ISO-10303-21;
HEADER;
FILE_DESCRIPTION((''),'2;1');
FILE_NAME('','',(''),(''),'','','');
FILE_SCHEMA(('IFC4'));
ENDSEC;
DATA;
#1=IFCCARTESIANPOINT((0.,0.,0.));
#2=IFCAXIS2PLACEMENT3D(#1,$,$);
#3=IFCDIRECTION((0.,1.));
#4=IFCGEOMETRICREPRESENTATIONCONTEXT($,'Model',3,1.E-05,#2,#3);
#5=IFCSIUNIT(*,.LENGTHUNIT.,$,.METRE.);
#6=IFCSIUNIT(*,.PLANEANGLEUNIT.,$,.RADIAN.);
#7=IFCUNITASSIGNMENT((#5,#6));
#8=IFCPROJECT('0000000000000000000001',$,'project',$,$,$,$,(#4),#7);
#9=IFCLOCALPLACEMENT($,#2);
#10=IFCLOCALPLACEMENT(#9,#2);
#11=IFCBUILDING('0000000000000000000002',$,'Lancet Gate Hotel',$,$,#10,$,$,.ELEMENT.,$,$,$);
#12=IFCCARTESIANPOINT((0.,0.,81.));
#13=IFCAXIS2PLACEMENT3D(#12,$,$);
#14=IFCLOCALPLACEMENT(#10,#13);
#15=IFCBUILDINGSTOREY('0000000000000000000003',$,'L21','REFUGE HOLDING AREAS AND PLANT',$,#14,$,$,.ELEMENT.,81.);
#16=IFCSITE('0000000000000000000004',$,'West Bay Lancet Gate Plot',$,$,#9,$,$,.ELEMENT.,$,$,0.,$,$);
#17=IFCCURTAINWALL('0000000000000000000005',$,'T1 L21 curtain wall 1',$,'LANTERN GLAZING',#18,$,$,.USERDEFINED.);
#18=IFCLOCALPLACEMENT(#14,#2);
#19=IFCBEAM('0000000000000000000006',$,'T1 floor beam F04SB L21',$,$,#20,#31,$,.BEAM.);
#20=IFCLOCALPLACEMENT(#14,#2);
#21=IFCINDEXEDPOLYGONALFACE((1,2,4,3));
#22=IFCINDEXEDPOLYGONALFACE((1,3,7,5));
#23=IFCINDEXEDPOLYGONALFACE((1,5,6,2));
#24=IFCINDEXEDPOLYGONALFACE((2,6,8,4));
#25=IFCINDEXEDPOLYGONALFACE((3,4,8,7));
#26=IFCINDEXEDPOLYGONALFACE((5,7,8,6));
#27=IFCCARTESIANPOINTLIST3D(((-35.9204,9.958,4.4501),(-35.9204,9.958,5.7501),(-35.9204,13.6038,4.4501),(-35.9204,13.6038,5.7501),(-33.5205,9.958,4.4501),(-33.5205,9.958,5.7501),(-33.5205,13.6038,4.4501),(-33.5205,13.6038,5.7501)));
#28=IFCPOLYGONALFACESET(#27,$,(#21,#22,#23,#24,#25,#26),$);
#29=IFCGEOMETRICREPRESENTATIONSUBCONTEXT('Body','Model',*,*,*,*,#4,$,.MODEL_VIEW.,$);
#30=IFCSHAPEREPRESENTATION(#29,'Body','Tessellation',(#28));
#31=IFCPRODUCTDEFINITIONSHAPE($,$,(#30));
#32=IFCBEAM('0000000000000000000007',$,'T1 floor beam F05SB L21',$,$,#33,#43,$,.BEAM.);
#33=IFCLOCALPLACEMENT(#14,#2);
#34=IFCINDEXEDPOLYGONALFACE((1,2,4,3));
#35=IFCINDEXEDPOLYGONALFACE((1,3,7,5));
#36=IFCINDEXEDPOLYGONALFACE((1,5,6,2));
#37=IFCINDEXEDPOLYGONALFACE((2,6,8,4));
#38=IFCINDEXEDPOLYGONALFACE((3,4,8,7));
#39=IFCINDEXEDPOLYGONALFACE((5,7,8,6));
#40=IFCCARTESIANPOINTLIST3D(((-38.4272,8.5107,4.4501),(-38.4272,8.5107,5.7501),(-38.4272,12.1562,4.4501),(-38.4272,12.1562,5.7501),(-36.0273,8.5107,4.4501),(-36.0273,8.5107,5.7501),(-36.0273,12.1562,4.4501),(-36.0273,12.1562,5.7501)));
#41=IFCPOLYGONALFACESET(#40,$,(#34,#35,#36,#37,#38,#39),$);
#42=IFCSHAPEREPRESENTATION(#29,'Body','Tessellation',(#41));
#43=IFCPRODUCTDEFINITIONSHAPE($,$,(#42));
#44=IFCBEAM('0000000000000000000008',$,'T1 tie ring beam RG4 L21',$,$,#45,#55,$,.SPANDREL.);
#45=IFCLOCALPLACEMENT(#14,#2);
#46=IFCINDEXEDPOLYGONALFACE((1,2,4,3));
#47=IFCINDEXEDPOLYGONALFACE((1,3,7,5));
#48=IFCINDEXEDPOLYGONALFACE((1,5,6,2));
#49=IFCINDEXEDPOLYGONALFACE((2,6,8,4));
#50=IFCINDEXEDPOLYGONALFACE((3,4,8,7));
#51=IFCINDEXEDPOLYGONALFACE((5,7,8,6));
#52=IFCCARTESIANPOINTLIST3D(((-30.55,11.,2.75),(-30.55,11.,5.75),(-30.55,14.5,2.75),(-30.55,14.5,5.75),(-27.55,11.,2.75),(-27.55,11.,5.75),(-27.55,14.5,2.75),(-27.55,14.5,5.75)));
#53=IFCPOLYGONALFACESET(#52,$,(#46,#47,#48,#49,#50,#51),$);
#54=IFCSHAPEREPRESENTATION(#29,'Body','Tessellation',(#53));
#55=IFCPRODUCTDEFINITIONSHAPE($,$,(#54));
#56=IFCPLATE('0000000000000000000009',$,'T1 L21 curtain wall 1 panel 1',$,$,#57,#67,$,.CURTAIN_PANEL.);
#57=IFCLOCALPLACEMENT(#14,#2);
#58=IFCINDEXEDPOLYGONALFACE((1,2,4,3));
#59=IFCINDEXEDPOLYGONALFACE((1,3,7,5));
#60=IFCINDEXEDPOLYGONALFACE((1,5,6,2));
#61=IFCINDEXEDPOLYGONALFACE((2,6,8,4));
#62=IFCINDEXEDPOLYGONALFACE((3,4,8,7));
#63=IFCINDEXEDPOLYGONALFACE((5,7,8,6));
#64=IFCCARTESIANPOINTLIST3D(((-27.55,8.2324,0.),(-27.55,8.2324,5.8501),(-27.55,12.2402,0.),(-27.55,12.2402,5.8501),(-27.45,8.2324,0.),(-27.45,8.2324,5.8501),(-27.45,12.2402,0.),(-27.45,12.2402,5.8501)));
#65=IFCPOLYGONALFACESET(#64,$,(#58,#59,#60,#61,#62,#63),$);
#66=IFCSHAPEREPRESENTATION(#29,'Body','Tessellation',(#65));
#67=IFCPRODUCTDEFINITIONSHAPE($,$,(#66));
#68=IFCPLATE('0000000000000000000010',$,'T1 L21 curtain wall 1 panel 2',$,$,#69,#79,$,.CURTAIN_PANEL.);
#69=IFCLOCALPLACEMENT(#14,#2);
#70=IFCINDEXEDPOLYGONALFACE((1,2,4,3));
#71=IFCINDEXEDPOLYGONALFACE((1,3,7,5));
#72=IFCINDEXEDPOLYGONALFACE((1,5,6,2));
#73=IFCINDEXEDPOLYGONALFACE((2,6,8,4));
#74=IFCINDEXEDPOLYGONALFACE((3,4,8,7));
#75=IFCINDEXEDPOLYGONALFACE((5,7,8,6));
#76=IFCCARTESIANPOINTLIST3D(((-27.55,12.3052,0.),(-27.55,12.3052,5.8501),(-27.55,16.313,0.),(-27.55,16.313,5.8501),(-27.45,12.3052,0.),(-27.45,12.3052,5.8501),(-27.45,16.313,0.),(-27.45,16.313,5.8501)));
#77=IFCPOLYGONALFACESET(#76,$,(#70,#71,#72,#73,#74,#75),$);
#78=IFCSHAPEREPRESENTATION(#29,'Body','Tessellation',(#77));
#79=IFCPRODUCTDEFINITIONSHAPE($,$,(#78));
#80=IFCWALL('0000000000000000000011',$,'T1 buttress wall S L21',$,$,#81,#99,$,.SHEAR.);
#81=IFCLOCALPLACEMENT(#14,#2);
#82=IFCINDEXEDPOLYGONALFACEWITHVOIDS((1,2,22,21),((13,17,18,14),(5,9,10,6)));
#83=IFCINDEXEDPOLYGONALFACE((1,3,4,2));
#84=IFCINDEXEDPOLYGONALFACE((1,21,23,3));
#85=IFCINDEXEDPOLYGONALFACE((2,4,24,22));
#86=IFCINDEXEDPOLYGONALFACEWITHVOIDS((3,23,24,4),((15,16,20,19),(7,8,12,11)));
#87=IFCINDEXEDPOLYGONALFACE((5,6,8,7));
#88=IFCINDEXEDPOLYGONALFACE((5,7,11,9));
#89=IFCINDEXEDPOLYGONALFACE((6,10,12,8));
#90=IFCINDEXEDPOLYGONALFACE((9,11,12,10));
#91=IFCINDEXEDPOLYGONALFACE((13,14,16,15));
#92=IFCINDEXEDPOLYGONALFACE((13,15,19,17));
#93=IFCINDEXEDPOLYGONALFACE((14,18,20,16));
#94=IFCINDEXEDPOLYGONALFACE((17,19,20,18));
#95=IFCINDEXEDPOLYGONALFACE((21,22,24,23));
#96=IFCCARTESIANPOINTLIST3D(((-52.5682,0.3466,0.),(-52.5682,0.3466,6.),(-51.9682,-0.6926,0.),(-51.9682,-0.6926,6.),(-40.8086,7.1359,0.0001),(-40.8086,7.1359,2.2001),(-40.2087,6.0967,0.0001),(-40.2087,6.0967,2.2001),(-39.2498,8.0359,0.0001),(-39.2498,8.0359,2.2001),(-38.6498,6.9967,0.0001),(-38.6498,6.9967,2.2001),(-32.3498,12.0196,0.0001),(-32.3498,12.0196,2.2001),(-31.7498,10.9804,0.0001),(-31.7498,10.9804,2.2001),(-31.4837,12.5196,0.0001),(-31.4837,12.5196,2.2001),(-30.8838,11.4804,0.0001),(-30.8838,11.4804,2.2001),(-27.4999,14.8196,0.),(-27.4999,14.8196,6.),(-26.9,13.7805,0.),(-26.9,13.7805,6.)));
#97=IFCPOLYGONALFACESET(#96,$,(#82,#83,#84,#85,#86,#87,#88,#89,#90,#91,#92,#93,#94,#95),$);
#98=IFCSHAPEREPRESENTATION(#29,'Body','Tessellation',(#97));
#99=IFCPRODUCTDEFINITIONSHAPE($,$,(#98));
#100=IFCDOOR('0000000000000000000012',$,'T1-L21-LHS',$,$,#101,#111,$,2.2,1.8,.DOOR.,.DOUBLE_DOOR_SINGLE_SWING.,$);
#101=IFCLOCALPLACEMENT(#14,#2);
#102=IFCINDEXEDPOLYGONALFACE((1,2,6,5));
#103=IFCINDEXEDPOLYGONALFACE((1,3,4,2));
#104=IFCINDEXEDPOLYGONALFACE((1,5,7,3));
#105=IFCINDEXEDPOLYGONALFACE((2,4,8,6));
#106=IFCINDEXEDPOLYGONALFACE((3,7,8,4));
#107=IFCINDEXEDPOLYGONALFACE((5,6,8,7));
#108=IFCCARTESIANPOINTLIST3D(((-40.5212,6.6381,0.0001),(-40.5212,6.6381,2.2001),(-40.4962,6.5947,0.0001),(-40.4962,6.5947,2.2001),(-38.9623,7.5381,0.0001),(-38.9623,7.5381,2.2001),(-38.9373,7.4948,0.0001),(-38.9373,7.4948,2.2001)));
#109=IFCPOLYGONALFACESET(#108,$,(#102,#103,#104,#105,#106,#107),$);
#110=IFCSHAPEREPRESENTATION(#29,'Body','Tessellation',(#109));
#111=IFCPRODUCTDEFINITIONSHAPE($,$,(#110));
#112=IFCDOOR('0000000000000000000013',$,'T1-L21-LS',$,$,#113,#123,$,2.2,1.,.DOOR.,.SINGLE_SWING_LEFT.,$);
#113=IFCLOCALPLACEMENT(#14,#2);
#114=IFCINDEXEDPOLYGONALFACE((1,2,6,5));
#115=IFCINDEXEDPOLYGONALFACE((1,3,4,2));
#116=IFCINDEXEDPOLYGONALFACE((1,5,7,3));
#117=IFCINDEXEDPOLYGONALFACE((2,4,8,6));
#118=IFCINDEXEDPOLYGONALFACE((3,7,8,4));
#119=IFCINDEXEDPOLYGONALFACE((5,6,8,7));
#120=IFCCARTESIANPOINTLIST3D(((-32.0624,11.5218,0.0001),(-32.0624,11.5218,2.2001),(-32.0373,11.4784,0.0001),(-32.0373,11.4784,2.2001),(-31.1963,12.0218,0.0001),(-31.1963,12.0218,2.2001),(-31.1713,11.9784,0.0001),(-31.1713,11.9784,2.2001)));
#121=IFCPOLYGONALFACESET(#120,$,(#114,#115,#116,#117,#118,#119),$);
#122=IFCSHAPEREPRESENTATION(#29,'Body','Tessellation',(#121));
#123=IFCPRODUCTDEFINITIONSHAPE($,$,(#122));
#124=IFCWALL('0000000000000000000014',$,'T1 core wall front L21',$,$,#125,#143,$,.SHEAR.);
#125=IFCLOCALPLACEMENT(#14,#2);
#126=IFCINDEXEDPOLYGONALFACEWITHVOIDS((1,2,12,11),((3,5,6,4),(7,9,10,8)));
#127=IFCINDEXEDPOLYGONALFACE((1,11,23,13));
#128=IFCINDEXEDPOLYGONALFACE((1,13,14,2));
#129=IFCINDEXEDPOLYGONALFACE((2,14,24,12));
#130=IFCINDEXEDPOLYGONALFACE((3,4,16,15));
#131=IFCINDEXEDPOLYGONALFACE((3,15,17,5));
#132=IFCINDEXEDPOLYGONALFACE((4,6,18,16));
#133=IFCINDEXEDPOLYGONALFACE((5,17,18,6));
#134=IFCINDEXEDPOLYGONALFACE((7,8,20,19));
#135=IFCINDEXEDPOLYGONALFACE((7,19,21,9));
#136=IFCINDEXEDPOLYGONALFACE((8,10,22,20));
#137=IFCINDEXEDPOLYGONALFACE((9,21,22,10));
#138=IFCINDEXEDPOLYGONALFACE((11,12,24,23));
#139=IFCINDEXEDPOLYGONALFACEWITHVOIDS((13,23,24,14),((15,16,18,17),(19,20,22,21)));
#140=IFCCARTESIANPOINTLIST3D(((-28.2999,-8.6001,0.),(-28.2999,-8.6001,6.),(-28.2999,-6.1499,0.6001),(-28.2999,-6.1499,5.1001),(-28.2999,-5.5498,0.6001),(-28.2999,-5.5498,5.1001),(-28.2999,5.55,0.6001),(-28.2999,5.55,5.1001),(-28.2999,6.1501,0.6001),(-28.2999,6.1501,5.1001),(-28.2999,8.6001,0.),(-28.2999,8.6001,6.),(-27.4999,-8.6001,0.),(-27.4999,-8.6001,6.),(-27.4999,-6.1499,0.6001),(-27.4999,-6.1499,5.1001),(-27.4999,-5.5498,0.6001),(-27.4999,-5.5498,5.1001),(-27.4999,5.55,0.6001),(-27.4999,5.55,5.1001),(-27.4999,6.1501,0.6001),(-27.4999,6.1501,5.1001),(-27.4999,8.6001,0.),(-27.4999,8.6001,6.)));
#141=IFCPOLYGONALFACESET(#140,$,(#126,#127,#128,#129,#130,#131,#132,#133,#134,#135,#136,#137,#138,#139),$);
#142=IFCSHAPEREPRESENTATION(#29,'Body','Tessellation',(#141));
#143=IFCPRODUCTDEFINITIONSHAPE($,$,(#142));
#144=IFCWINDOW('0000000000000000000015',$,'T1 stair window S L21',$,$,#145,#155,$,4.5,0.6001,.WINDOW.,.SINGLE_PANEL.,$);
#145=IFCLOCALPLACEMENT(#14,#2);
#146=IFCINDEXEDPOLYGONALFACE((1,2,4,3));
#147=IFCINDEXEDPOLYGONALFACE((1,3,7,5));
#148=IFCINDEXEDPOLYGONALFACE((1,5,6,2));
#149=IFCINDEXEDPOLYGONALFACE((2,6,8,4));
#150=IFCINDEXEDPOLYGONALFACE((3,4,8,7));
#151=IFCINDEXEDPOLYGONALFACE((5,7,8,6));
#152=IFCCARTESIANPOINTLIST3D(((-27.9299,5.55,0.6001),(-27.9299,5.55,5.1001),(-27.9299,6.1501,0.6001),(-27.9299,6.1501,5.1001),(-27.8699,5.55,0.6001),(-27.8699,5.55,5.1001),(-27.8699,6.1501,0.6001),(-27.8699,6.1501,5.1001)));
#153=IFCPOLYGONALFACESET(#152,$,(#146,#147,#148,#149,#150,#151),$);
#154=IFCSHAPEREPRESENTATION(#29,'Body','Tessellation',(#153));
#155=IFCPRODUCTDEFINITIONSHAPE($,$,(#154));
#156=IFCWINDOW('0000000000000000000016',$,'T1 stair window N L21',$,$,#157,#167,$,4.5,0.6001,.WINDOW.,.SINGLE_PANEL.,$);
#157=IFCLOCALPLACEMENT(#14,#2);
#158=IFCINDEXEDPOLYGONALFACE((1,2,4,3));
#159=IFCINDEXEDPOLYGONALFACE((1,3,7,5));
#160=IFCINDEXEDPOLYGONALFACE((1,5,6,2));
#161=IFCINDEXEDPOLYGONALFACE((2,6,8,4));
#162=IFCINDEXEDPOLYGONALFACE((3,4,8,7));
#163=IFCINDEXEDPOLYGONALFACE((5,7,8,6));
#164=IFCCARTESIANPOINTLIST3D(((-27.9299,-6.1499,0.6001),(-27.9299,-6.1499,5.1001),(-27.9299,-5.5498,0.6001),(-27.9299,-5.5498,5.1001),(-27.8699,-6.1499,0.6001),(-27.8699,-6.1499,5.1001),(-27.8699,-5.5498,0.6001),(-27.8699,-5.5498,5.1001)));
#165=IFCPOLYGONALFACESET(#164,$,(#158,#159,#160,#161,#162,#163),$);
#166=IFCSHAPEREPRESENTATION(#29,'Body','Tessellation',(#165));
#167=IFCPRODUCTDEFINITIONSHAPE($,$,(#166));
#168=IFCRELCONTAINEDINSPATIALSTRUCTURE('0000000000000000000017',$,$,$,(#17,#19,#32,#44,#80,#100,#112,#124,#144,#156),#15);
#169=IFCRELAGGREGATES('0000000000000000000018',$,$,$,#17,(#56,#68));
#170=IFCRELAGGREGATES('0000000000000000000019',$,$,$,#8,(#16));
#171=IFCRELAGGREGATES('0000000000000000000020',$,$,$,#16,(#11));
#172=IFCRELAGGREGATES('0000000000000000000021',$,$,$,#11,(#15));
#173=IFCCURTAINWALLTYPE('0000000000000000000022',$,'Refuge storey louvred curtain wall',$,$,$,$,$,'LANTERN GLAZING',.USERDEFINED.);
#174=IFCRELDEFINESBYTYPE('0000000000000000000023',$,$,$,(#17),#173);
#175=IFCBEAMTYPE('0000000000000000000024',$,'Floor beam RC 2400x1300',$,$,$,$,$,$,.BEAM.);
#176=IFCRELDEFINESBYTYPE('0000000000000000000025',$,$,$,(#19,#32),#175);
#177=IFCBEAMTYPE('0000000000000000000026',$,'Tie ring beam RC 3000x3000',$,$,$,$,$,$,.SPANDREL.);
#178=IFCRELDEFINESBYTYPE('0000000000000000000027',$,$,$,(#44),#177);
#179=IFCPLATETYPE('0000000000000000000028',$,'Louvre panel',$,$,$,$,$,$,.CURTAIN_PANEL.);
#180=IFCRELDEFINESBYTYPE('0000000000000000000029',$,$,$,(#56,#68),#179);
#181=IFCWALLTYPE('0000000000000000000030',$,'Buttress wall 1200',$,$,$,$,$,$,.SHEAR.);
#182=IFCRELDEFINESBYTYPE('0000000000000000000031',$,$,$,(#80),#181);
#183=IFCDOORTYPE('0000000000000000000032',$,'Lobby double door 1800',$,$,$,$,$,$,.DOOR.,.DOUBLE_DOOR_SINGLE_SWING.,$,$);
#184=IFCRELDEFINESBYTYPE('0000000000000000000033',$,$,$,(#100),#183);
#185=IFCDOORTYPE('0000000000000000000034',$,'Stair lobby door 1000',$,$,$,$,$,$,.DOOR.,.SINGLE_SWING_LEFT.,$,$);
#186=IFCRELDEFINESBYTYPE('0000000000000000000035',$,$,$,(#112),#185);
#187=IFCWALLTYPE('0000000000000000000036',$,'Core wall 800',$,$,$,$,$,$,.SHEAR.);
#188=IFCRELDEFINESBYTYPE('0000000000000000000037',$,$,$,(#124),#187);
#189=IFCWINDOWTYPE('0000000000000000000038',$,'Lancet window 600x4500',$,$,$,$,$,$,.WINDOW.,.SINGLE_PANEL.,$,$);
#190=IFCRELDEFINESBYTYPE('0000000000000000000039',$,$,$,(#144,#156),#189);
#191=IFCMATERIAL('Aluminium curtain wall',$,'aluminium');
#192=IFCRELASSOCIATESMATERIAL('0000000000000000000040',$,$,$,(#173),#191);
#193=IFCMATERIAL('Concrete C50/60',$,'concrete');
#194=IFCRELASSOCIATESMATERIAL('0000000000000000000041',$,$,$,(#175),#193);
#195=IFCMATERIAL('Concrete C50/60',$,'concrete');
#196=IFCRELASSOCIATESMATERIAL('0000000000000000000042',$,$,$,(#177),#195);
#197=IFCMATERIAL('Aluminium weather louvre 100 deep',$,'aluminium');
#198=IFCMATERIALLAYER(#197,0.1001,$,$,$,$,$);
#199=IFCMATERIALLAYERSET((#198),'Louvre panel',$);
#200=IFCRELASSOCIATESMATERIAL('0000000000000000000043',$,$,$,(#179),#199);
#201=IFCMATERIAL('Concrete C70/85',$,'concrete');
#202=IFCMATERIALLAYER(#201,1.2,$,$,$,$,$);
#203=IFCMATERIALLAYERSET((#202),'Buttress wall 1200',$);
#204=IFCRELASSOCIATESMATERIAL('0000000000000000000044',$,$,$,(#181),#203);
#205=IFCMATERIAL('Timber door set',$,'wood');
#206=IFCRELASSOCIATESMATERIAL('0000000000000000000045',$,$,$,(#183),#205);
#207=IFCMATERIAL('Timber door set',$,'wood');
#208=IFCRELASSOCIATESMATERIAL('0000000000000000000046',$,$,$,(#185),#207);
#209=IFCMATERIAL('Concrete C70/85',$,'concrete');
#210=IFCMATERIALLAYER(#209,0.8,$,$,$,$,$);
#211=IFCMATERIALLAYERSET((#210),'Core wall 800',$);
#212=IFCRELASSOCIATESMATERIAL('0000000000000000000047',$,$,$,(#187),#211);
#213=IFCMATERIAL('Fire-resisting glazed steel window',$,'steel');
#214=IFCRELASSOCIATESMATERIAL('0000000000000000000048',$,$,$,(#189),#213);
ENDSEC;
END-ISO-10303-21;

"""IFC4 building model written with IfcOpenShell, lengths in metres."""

from ifc_helpers import new_model, si_unit, direction, frame, frame_2d, origin, origin_2d, place, context, subcontext, project, spatial, rectangle, extrude, material, layer, layer_set, material_profile, profile_set, type_object, element, fill, aggregate, save


model = new_model("IFC4")

# Units and contexts
model_context = context("Model", 3, precision=1e-05, world=origin(), true_north=direction((0.0, 1.0)))
body_context = subcontext(model_context, "Body", "Model", "MODEL_VIEW")
ifc_project = project(units=[si_unit("LENGTHUNIT", "METRE"), si_unit("PLANEANGLEUNIT", "RADIAN")], contexts=[model_context])

# Site, building, storey
site_placement = place(None, origin())
site = spatial("IfcSite", under=ifc_project, at=site_placement, Name="West Bay Lancet Gate Plot", CompositionType="ELEMENT", RefElevation=0.0)
building_placement = place(site_placement, origin())
building = spatial("IfcBuilding", under=site, at=building_placement, Name="Lancet Gate Hotel", CompositionType="ELEMENT")
storey_placement = place(building_placement, frame((0.0, 0.0, 81.0)))
storey = spatial("IfcBuildingStorey", under=building, at=storey_placement, Name="L21", Description="REFUGE HOLDING AREAS AND PLANT", CompositionType="ELEMENT", Elevation=81.0)

# Curtain wall
ifc_material_1 = material(Name="Aluminium curtain wall", Category="aluminium")
curtain_wall_type = type_object("IfcCurtainWallType", Name="Refuge storey louvred curtain wall", ElementType="LANTERN GLAZING", PredefinedType="USERDEFINED", material=ifc_material_1)
curtain_wall_placement = place(storey_placement, origin())
curtain_wall = element("IfcCurtainWall", 1, at=curtain_wall_placement, inside=storey, type_object=curtain_wall_type, Name="T1 L21 curtain wall 1", ObjectType="LANTERN GLAZING", PredefinedType="USERDEFINED")

# Beams
ifc_material_2 = material(Name="Concrete C50/60", Category="concrete")
ifc_material_profile_1 = material_profile(ifc_material_2, rectangle(XDim=2.3999, YDim=1.3, at=origin_2d()), Name="RC 2400x1300")
ifc_profile_set_1 = profile_set([ifc_material_profile_1], Name="Concrete C50/60")
beam_type_1 = type_object("IfcBeamType", Name="Floor beam RC 2400x1300", PredefinedType="BEAM", material=ifc_profile_set_1)
beam_1_placement = place(storey_placement, frame((-34.7205, 13.6038, 5.1001), z_axis=(0.0, -1.0, 0.0), x_axis=(1.0, 0.0, 0.0)))
element("IfcBeam", 2, at=beam_1_placement, inside=storey, type_object=beam_type_1, Name="T1 floor beam F04SB L21", PredefinedType="BEAM", context=body_context, shape_type="SweptSolid", body=[
    extrude(rectangle(XDim=2.3999, YDim=1.3, at=origin_2d()), origin(), (0.0, 0.0, 1.0), 3.6458),
])
beam_2_placement = place(storey_placement, frame((-37.2273, 12.1562, 5.1001), z_axis=(0.0, -1.0, 0.0), x_axis=(1.0, 0.0, 0.0)))
element("IfcBeam", 3, at=beam_2_placement, inside=storey, type_object=beam_type_1, Name="T1 floor beam F05SB L21", PredefinedType="BEAM", context=body_context, shape_type="SweptSolid", body=[
    extrude(rectangle(XDim=2.3999, YDim=1.3, at=origin_2d()), origin(), (0.0, 0.0, 1.0), 3.6455),
])
ifc_material_3 = material(Name="Concrete C50/60", Category="concrete")
ifc_material_profile_2 = material_profile(ifc_material_3, rectangle(XDim=3.0, YDim=3.0, at=origin_2d()), Name="RC 3000x3000")
ifc_profile_set_2 = profile_set([ifc_material_profile_2], Name="Concrete C50/60")
beam_type_2 = type_object("IfcBeamType", Name="Tie ring beam RC 3000x3000", PredefinedType="SPANDREL", material=ifc_profile_set_2)
beam_3_placement = place(storey_placement, frame((-29.05, 14.5, 4.25), z_axis=(0.0, -1.0, 0.0), x_axis=(1.0, 0.0, 0.0)))
element("IfcBeam", 4, at=beam_3_placement, inside=storey, type_object=beam_type_2, Name="T1 tie ring beam RG4 L21", PredefinedType="SPANDREL", context=body_context, shape_type="SweptSolid", body=[
    extrude(rectangle(XDim=3.0, YDim=3.0, at=origin_2d()), origin(), (0.0, 0.0, 1.0), 3.5),
])

# Plates
ifc_material_4 = material(Name="Aluminium weather louvre 100 deep", Category="aluminium")
ifc_layer_1 = layer(ifc_material_4, 0.1001)
ifc_layer_set_1 = layer_set([ifc_layer_1], Name="Louvre panel")
plate_type = type_object("IfcPlateType", Name="Louvre panel", PredefinedType="CURTAIN_PANEL", material=ifc_layer_set_1)
plate_1_placement = place(storey_placement, frame((-27.5, 10.2363, 0.0), z_axis=(0.0, 0.0, 1.0), x_axis=(0.0, 1.0, 0.0)))
plate_1 = element("IfcPlate", 5, at=plate_1_placement, type_object=plate_type, Name="T1 L21 curtain wall 1 panel 1", PredefinedType="CURTAIN_PANEL", context=body_context, shape_type="SweptSolid", body=[
    extrude(rectangle(XDim=4.0078, YDim=0.1001, at=origin_2d()), origin(), (0.0, 0.0, 1.0), 5.8501),
])
plate_2_placement = place(storey_placement, frame((-27.5, 14.3091, 0.0), z_axis=(0.0, 0.0, 1.0), x_axis=(0.0, 1.0, 0.0)))
plate_2 = element("IfcPlate", 6, at=plate_2_placement, type_object=plate_type, Name="T1 L21 curtain wall 1 panel 2", PredefinedType="CURTAIN_PANEL", context=body_context, shape_type="SweptSolid", body=[
    extrude(rectangle(XDim=4.0078, YDim=0.1001, at=origin_2d()), origin(), (0.0, 0.0, 1.0), 5.8501),
])
aggregate(curtain_wall, [plate_1, plate_2])

# Wall, openings, doors
ifc_material_5 = material(Name="Concrete C70/85", Category="concrete")
ifc_layer_2 = layer(ifc_material_5, 1.2)
ifc_layer_set_2 = layer_set([ifc_layer_2], Name="Buttress wall 1200")
wall_type_1 = type_object("IfcWallType", Name="Buttress wall 1200", PredefinedType="SHEAR", material=ifc_layer_set_2)
wall_1_placement = place(storey_placement, frame((-27.2, 14.3, 0.0), z_axis=(0.0, 0.0, 1.0), x_axis=(-0.866027, -0.499998, 0.0)))
wall_1 = element("IfcWall", 7, at=wall_1_placement, inside=storey, type_object=wall_type_1, Name="T1 buttress wall S L21", PredefinedType="SHEAR", context=body_context, shape_type="SweptSolid", body=[
    extrude(rectangle(XDim=28.9463, YDim=1.2, at=frame_2d((14.4731, 0.0))), origin(), (0.0, 0.0, 1.0), 6.0),
])
opening_1_placement = place(wall_1_placement, frame((4.6001, 0.0, 0.0)))
opening_1 = element("IfcOpeningElement", 8, at=opening_1_placement, cuts=wall_1, PredefinedType="OPENING", context=body_context, shape_type="SweptSolid", body=[
    extrude(rectangle(XDim=1.0, YDim=2.2, at=frame_2d((0.5, 1.1001))), frame((0.0, 0.6099, 0.0), z_axis=(0.0, -1.0, 0.0), x_axis=(1.0, 0.0, 0.0)), (0.0, 0.0, 1.0), 1.22),
])
opening_2_placement = place(wall_1_placement, frame((13.5676, 0.0, 0.0)))
opening_2 = element("IfcOpeningElement", 9, at=opening_2_placement, cuts=wall_1, PredefinedType="OPENING", context=body_context, shape_type="SweptSolid", body=[
    extrude(rectangle(XDim=1.8, YDim=2.2, at=frame_2d((0.8999, 1.1001))), frame((0.0, 0.6099, 0.0), z_axis=(0.0, -1.0, 0.0), x_axis=(1.0, 0.0, 0.0)), (0.0, 0.0, 1.0), 1.22),
])
ifc_material_6 = material(Name="Timber door set", Category="wood")
door_type_1 = type_object("IfcDoorType", Name="Lobby double door 1800", OperationType="DOUBLE_DOOR_SINGLE_SWING", PredefinedType="DOOR", material=ifc_material_6)
door_1_placement = place(opening_2_placement, origin())
door_1 = element("IfcDoor", 10, at=door_1_placement, inside=storey, type_object=door_type_1, Name="T1-L21-LHS", OperationType="DOUBLE_DOOR_SINGLE_SWING", OverallHeight=2.2, OverallWidth=1.8, PredefinedType="DOOR", context=body_context, shape_type="SweptSolid", body=[
    extrude(rectangle(XDim=1.8, YDim=2.2, at=frame_2d((0.8999, 1.1001))), frame((0.0, 0.0249, 0.0), z_axis=(0.0, -1.0, 0.0), x_axis=(1.0, 0.0, 0.0)), (0.0, 0.0, 1.0), 0.05),
])
fill(opening_2, door_1)
ifc_material_7 = material(Name="Timber door set", Category="wood")
door_type_2 = type_object("IfcDoorType", Name="Stair lobby door 1000", OperationType="SINGLE_SWING_LEFT", PredefinedType="DOOR", material=ifc_material_7)
door_2_placement = place(opening_1_placement, origin())
door_2 = element("IfcDoor", 11, at=door_2_placement, inside=storey, type_object=door_type_2, Name="T1-L21-LS", OperationType="SINGLE_SWING_LEFT", OverallHeight=2.2, OverallWidth=1.0, PredefinedType="DOOR", context=body_context, shape_type="SweptSolid", body=[
    extrude(rectangle(XDim=1.0, YDim=2.2, at=frame_2d((0.5, 1.1001))), frame((0.0, 0.0249, 0.0), z_axis=(0.0, -1.0, 0.0), x_axis=(1.0, 0.0, 0.0)), (0.0, 0.0, 1.0), 0.05),
])
fill(opening_1, door_2)

# Wall, openings, windows
ifc_material_8 = material(Name="Concrete C70/85", Category="concrete")
ifc_layer_3 = layer(ifc_material_8, 0.8)
ifc_layer_set_3 = layer_set([ifc_layer_3], Name="Core wall 800")
wall_type_2 = type_object("IfcWallType", Name="Core wall 800", PredefinedType="SHEAR", material=ifc_layer_set_3)
wall_2_placement = place(storey_placement, frame((-27.8999, 8.6001, 0.0), z_axis=(0.0, 0.0, 1.0), x_axis=(0.0, -1.0, 0.0)))
wall_2 = element("IfcWall", 12, at=wall_2_placement, inside=storey, type_object=wall_type_2, Name="T1 core wall front L21", PredefinedType="SHEAR", context=body_context, shape_type="SweptSolid", body=[
    extrude(rectangle(XDim=17.2002, YDim=0.8, at=frame_2d((8.6001, 0.0))), origin(), (0.0, 0.0, 1.0), 6.0),
])
opening_3_placement = place(wall_2_placement, frame((2.45, 0.0, 0.6001)))
opening_3 = element("IfcOpeningElement", 13, at=opening_3_placement, cuts=wall_2, PredefinedType="OPENING", context=body_context, shape_type="SweptSolid", body=[
    extrude(rectangle(XDim=0.6001, YDim=4.5, at=frame_2d((0.3, 2.25))), frame((0.0, 0.4099, 0.0), z_axis=(0.0, -1.0, 0.0), x_axis=(1.0, 0.0, 0.0)), (0.0, 0.0, 1.0), 0.8201),
])
opening_4_placement = place(wall_2_placement, frame((14.1499, 0.0, 0.6001)))
opening_4 = element("IfcOpeningElement", 14, at=opening_4_placement, cuts=wall_2, PredefinedType="OPENING", context=body_context, shape_type="SweptSolid", body=[
    extrude(rectangle(XDim=0.6001, YDim=4.5, at=frame_2d((0.3, 2.25))), frame((0.0, 0.4099, 0.0), z_axis=(0.0, -1.0, 0.0), x_axis=(1.0, 0.0, 0.0)), (0.0, 0.0, 1.0), 0.8201),
])
ifc_material_9 = material(Name="Fire-resisting glazed steel window", Category="steel")
window_type = type_object("IfcWindowType", Name="Lancet window 600x4500", PartitioningType="SINGLE_PANEL", PredefinedType="WINDOW", material=ifc_material_9)
window_1_placement = place(opening_3_placement, origin())
window_1 = element("IfcWindow", 15, at=window_1_placement, inside=storey, type_object=window_type, Name="T1 stair window S L21", OverallHeight=4.5, OverallWidth=0.6001, PartitioningType="SINGLE_PANEL", PredefinedType="WINDOW", context=body_context, shape_type="SweptSolid", body=[
    extrude(rectangle(XDim=0.6001, YDim=4.5, at=frame_2d((0.3, 2.25))), frame((0.0, 0.03, 0.0), z_axis=(0.0, -1.0, 0.0), x_axis=(1.0, 0.0, 0.0)), (0.0, 0.0, 1.0), 0.0601),
])
fill(opening_3, window_1)
window_2_placement = place(opening_4_placement, origin())
window_2 = element("IfcWindow", 16, at=window_2_placement, inside=storey, type_object=window_type, Name="T1 stair window N L21", OverallHeight=4.5, OverallWidth=0.6001, PartitioningType="SINGLE_PANEL", PredefinedType="WINDOW", context=body_context, shape_type="SweptSolid", body=[
    extrude(rectangle(XDim=0.6001, YDim=4.5, at=frame_2d((0.3, 2.25))), frame((0.0, 0.03, 0.0), z_axis=(0.0, -1.0, 0.0), x_axis=(1.0, 0.0, 0.0)), (0.0, 0.0, 1.0), 0.0601),
])
fill(opening_4, window_2)

save(model, "model.ifc")
